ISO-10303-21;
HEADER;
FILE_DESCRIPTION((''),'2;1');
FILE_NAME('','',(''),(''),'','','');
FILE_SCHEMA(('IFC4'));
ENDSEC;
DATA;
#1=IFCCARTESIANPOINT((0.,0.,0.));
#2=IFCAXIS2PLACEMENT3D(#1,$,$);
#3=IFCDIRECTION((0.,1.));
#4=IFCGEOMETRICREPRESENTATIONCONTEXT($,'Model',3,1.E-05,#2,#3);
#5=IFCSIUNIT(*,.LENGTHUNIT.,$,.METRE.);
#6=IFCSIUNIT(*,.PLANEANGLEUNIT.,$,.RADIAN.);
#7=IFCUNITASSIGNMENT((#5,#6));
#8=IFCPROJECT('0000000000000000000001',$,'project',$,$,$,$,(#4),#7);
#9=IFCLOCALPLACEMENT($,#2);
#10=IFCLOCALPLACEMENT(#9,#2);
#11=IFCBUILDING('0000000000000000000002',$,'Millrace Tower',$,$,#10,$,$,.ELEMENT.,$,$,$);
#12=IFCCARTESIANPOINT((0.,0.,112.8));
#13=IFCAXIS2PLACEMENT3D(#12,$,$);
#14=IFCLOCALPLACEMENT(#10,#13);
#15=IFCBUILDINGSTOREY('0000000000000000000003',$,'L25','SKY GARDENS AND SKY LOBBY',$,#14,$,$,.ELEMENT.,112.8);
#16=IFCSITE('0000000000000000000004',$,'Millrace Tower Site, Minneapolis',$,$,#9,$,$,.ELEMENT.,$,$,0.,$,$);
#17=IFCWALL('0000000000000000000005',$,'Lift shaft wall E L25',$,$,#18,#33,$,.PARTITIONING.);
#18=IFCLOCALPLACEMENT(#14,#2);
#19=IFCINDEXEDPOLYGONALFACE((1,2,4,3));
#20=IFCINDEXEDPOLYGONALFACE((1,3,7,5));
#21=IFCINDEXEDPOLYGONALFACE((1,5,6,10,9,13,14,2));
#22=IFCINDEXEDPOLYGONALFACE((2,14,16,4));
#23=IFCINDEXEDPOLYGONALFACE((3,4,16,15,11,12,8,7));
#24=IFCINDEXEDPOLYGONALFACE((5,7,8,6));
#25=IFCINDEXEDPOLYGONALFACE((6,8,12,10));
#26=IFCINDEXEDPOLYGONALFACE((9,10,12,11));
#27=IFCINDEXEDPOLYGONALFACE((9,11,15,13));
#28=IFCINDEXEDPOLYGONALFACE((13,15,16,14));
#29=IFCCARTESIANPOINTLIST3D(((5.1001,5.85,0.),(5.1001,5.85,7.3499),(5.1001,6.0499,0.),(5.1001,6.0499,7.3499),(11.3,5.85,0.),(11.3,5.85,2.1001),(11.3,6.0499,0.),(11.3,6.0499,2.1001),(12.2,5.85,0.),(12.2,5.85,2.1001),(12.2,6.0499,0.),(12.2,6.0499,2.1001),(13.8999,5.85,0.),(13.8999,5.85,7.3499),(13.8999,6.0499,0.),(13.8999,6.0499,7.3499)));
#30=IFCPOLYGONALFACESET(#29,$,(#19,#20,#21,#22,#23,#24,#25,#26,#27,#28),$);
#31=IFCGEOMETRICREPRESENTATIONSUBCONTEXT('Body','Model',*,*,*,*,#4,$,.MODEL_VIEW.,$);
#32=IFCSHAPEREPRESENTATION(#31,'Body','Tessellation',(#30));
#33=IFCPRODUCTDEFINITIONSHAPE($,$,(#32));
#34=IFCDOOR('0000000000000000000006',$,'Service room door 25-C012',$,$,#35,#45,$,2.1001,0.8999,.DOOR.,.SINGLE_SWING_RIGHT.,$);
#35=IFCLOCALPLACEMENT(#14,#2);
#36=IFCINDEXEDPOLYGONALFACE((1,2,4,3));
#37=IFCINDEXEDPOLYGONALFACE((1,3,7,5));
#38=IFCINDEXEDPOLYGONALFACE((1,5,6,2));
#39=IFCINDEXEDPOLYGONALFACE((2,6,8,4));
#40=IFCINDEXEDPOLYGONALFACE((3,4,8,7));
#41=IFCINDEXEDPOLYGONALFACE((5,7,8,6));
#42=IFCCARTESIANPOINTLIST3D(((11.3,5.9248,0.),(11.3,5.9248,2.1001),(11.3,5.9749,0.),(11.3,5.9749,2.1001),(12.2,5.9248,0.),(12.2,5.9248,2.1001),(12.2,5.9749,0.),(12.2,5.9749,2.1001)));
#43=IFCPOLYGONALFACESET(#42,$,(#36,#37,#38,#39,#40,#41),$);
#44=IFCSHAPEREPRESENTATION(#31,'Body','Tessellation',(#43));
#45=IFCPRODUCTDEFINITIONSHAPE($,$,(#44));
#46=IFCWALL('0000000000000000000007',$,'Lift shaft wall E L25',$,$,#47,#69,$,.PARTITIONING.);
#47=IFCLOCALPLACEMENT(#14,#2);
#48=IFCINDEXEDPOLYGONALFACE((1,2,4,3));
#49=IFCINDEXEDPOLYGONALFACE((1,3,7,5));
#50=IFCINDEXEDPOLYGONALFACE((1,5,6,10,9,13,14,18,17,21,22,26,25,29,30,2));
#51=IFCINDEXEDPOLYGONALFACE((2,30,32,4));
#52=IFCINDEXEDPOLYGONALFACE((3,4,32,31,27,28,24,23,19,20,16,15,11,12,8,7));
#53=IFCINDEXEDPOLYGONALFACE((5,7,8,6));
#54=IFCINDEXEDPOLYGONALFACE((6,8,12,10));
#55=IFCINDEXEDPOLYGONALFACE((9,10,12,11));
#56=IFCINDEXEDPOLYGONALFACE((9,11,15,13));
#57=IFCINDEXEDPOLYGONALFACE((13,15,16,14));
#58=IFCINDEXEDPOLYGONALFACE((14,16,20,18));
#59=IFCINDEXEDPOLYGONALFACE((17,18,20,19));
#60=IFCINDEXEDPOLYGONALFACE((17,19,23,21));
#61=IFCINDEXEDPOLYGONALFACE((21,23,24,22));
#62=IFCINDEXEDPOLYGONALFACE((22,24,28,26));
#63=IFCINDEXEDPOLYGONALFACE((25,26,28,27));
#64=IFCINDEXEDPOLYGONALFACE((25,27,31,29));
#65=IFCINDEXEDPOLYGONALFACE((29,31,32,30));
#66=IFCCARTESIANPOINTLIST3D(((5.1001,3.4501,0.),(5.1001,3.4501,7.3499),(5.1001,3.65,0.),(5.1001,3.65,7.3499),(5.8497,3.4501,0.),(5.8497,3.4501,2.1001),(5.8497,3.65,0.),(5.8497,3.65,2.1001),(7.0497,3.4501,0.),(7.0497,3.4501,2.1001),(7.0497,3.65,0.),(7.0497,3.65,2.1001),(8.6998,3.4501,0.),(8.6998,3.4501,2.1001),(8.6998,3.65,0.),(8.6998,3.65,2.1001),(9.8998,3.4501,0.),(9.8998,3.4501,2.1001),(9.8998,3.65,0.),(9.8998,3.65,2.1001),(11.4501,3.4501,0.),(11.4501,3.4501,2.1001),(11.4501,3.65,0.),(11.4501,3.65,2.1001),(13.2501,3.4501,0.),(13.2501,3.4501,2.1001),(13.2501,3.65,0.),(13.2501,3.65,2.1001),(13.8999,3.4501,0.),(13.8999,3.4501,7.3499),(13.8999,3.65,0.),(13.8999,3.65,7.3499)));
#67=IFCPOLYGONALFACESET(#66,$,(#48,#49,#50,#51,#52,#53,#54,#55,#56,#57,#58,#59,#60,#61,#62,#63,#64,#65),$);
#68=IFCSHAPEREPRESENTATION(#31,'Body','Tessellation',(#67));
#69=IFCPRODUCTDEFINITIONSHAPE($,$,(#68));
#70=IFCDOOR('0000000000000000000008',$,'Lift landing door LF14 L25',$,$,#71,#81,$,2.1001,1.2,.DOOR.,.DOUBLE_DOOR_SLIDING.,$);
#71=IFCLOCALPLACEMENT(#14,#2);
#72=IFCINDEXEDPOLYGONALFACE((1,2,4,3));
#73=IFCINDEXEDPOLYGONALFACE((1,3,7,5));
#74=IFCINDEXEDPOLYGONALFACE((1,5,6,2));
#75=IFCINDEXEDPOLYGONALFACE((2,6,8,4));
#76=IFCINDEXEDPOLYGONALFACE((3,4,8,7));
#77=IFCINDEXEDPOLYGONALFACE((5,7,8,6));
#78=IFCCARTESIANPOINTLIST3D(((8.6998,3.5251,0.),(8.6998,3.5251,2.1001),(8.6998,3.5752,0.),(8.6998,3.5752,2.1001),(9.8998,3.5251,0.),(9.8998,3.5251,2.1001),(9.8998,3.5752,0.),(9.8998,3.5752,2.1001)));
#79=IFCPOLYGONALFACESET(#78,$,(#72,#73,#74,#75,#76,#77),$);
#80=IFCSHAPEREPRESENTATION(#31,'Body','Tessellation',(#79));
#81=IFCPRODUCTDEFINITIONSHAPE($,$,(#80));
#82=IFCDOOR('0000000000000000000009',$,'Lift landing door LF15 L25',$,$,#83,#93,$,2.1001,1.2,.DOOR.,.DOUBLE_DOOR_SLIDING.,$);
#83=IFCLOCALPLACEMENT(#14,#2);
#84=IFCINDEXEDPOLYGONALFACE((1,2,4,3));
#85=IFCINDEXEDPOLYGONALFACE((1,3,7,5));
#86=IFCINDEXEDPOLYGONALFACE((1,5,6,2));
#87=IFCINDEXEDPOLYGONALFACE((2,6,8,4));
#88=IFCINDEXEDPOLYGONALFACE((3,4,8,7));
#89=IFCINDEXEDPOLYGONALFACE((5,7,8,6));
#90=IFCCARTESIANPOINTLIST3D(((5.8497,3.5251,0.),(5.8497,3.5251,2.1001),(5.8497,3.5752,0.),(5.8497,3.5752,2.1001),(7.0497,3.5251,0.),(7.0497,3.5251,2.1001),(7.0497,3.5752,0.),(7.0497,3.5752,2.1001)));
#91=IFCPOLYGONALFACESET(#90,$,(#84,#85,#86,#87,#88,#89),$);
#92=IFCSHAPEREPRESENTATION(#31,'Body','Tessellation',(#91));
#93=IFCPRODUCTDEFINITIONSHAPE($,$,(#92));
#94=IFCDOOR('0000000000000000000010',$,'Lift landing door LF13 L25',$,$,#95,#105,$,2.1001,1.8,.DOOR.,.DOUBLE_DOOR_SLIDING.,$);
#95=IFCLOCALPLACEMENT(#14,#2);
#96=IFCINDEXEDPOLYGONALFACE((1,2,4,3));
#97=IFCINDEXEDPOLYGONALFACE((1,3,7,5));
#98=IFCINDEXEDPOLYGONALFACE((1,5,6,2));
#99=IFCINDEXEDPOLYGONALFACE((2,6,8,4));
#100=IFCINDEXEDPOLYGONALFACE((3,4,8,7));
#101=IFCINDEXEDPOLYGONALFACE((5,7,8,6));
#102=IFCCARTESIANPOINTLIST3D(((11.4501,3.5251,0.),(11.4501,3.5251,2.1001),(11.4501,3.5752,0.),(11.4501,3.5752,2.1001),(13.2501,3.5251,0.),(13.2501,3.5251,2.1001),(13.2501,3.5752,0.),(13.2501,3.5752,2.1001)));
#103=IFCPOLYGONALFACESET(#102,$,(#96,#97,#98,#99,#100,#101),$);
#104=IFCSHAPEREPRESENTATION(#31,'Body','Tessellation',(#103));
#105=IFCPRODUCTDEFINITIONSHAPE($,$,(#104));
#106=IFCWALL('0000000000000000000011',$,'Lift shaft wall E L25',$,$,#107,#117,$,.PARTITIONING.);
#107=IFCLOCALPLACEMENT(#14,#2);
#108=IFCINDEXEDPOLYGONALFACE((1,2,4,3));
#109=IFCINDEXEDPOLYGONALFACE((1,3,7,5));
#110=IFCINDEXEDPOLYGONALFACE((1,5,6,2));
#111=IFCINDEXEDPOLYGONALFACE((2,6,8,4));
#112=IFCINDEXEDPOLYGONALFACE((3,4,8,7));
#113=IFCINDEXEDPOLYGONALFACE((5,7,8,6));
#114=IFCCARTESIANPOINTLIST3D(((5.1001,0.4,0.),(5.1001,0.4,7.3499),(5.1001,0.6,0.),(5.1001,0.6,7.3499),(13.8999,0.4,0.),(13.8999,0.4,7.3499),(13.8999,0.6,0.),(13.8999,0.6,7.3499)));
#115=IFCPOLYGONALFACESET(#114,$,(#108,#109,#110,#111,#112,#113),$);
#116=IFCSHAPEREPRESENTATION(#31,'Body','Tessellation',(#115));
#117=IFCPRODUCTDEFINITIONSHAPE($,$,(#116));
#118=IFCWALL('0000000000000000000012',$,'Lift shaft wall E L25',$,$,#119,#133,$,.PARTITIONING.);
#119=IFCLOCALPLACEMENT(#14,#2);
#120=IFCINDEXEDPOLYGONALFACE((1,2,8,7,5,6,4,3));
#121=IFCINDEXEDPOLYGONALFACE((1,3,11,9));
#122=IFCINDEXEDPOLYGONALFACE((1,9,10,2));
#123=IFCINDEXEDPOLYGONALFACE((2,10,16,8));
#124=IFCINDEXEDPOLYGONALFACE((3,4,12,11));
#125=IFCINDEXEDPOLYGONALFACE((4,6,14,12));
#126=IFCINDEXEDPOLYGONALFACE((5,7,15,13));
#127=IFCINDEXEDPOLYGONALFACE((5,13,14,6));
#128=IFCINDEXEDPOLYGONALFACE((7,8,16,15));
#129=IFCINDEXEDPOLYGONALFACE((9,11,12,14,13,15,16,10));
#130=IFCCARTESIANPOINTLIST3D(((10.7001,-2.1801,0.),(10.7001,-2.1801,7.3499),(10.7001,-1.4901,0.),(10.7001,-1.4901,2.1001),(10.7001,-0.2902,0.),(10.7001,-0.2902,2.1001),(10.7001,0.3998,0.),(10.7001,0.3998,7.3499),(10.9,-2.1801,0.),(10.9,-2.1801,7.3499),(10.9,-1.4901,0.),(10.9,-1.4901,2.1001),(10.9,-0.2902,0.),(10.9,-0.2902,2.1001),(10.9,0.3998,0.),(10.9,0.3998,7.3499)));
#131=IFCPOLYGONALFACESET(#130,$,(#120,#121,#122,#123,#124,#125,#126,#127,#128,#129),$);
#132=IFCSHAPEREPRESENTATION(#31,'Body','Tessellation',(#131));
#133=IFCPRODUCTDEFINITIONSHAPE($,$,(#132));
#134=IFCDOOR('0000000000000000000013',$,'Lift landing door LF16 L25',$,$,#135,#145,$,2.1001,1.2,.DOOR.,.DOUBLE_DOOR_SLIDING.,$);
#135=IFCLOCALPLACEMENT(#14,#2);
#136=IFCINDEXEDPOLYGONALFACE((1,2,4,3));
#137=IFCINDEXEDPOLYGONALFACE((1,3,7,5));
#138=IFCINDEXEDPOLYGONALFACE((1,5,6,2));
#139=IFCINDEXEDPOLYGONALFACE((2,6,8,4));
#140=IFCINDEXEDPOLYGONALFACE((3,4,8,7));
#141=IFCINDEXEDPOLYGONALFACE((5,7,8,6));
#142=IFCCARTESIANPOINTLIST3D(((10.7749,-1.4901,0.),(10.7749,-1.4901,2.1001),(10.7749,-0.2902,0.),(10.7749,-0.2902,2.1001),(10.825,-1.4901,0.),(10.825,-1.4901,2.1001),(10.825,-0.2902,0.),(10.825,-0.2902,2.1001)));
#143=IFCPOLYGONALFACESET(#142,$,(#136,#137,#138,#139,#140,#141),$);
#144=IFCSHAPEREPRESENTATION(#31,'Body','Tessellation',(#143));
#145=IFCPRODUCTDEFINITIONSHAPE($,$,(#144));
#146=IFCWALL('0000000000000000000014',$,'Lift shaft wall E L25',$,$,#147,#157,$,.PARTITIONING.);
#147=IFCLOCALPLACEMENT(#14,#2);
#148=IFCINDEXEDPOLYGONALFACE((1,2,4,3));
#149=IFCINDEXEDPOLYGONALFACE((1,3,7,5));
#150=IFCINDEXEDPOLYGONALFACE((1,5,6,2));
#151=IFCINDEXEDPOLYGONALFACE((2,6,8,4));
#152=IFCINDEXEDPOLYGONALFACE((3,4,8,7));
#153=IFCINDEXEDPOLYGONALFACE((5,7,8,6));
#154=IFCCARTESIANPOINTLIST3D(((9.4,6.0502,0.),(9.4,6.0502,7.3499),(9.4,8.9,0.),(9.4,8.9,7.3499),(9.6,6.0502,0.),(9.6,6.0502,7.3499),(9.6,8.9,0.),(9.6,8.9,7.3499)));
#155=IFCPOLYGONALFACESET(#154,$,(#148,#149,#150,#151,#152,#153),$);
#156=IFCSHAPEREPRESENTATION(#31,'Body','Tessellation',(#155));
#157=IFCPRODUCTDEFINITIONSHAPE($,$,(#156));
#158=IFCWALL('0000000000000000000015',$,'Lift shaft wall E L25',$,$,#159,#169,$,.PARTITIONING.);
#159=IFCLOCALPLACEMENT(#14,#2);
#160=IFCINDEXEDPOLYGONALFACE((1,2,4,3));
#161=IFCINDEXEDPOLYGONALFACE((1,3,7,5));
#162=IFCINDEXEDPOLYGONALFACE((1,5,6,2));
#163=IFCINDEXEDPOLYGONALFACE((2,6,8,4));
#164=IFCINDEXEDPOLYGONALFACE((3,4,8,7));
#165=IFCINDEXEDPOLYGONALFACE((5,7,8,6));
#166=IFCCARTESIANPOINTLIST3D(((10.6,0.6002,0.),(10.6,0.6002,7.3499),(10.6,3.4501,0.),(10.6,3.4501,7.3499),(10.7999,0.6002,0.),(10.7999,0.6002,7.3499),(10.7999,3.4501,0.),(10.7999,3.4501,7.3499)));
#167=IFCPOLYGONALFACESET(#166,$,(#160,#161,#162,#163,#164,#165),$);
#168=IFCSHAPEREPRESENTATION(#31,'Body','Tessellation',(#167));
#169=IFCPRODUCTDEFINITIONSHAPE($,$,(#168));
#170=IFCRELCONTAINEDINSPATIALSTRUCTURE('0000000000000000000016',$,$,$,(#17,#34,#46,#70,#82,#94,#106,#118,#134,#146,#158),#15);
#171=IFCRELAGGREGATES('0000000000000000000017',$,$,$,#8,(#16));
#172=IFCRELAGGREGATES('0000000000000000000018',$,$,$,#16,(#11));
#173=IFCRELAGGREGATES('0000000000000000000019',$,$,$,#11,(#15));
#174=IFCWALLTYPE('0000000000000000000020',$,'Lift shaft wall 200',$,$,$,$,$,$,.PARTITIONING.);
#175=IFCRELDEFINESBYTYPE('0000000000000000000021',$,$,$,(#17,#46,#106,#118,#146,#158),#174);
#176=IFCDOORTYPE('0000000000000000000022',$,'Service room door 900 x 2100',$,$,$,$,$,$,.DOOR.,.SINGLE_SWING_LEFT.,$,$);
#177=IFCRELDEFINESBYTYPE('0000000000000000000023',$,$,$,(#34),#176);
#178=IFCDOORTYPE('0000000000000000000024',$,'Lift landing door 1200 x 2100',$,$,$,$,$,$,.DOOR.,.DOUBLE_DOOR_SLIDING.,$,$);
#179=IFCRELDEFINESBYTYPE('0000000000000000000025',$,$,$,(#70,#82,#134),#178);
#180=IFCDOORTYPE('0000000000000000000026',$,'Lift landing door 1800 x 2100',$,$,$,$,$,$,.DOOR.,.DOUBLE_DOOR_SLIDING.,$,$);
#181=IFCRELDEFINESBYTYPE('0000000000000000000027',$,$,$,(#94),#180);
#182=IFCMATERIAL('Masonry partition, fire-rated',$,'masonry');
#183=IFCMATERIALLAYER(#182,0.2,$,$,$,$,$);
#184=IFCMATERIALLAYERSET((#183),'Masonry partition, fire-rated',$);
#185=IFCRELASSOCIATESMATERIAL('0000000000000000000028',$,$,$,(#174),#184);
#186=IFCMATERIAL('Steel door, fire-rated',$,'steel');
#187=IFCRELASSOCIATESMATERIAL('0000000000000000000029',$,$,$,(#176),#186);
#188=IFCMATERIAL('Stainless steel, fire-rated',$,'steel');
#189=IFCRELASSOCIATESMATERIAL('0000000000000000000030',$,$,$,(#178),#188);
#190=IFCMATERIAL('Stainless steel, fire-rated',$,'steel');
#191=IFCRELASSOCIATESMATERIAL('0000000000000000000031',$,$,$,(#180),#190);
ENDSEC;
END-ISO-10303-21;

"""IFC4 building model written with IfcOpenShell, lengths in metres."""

from ifc_helpers import new_model, si_unit, direction, frame, frame_2d, origin, place, context, subcontext, project, spatial, rectangle, extrude, material, layer, layer_set, type_object, element, fill, save


model = new_model("IFC4")

# Units and contexts
model_context = context("Model", 3, precision=1e-05, world=origin(), true_north=direction((0.0, 1.0)))
body_context = subcontext(model_context, "Body", "Model", "MODEL_VIEW")
ifc_project = project(units=[si_unit("LENGTHUNIT", "METRE"), si_unit("PLANEANGLEUNIT", "RADIAN")], contexts=[model_context])

# Site, building, storey
site_placement = place(None, origin())
site = spatial("IfcSite", under=ifc_project, at=site_placement, Name="Millrace Tower Site, Minneapolis", CompositionType="ELEMENT", RefElevation=0.0)
building_placement = place(site_placement, origin())
building = spatial("IfcBuilding", under=site, at=building_placement, Name="Millrace Tower", CompositionType="ELEMENT")
storey_placement = place(building_placement, frame((0.0, 0.0, 112.8)))
storey = spatial("IfcBuildingStorey", under=building, at=storey_placement, Name="L25", Description="SKY GARDENS AND SKY LOBBY", CompositionType="ELEMENT", Elevation=112.8)

# Wall, opening, door
ifc_material_1 = material(Name="Masonry partition, fire-rated", Category="masonry")
ifc_layer_1 = layer(ifc_material_1, 0.2)
ifc_layer_set_1 = layer_set([ifc_layer_1], Name="Masonry partition, fire-rated")
wall_type_1 = type_object("IfcWallType", Name="Lift shaft wall 200", PredefinedType="PARTITIONING", material=ifc_layer_set_1)
wall_1_placement = place(storey_placement, frame((13.8999, 5.95, 0.0), z_axis=(0.0, 0.0, 1.0), x_axis=(-1.0, 0.0, 0.0)))
wall_1 = element("IfcWall", 1, at=wall_1_placement, inside=storey, type_object=wall_type_1, Name="Lift shaft wall E L25", PredefinedType="PARTITIONING", context=body_context, shape_type="SweptSolid", body=[
    extrude(rectangle(XDim=8.7998, YDim=0.2, at=frame_2d((4.3999, 0.0))), origin(), (0.0, 0.0, 1.0), 7.3499),
])
opening_1_placement = place(wall_1_placement, frame((1.7, 0.0, 0.0)))
opening_1 = element("IfcOpeningElement", 2, at=opening_1_placement, cuts=wall_1, PredefinedType="OPENING", context=body_context, shape_type="SweptSolid", body=[
    extrude(rectangle(XDim=0.8999, YDim=2.1001, at=frame_2d((0.45, 1.05))), frame((0.0, 0.1099, 0.0), z_axis=(0.0, -1.0, 0.0), x_axis=(1.0, 0.0, 0.0)), (0.0, 0.0, 1.0), 0.22),
])
ifc_material_2 = material(Name="Steel door, fire-rated", Category="steel")
door_type_1 = type_object("IfcDoorType", Name="Service room door 900 x 2100", OperationType="SINGLE_SWING_LEFT", PredefinedType="DOOR", material=ifc_material_2)
door_1_placement = place(opening_1_placement, frame((0.8999, 0.0, 0.0), z_axis=(0.0, 0.0, 1.0), x_axis=(-1.0, 0.0, 0.0)))
door_1 = element("IfcDoor", 3, at=door_1_placement, inside=storey, type_object=door_type_1, Name="Service room door 25-C012", OperationType="SINGLE_SWING_RIGHT", OverallHeight=2.1001, OverallWidth=0.8999, PredefinedType="DOOR", context=body_context, shape_type="SweptSolid", body=[
    extrude(rectangle(XDim=0.8999, YDim=2.1001, at=frame_2d((0.45, 1.05))), frame((0.0, 0.0249, 0.0), z_axis=(0.0, -1.0, 0.0), x_axis=(1.0, 0.0, 0.0)), (0.0, 0.0, 1.0), 0.05),
])
fill(opening_1, door_1)

# Wall, openings, doors
wall_2_placement = place(storey_placement, frame((13.8999, 3.55, 0.0), z_axis=(0.0, 0.0, 1.0), x_axis=(-1.0, 0.0, 0.0)))
wall_2 = element("IfcWall", 4, at=wall_2_placement, inside=storey, type_object=wall_type_1, Name="Lift shaft wall E L25", PredefinedType="PARTITIONING", context=body_context, shape_type="SweptSolid", body=[
    extrude(rectangle(XDim=8.7998, YDim=0.2, at=frame_2d((4.3999, 0.0))), origin(), (0.0, 0.0, 1.0), 7.3499),
])
opening_2_placement = place(wall_2_placement, frame((0.6499, 0.0, 0.0)))
opening_2 = element("IfcOpeningElement", 5, at=opening_2_placement, cuts=wall_2, PredefinedType="OPENING", context=body_context, shape_type="SweptSolid", body=[
    extrude(rectangle(XDim=1.8, YDim=2.1001, at=frame_2d((0.8999, 1.05))), frame((0.0, 0.1099, 0.0), z_axis=(0.0, -1.0, 0.0), x_axis=(1.0, 0.0, 0.0)), (0.0, 0.0, 1.0), 0.22),
])
opening_3_placement = place(wall_2_placement, frame((4.0, 0.0, 0.0)))
opening_3 = element("IfcOpeningElement", 6, at=opening_3_placement, cuts=wall_2, PredefinedType="OPENING", context=body_context, shape_type="SweptSolid", body=[
    extrude(rectangle(XDim=1.2, YDim=2.1001, at=frame_2d((0.6001, 1.05))), frame((0.0, 0.1099, 0.0), z_axis=(0.0, -1.0, 0.0), x_axis=(1.0, 0.0, 0.0)), (0.0, 0.0, 1.0), 0.22),
])
opening_4_placement = place(wall_2_placement, frame((6.8501, 0.0, 0.0)))
opening_4 = element("IfcOpeningElement", 7, at=opening_4_placement, cuts=wall_2, PredefinedType="OPENING", context=body_context, shape_type="SweptSolid", body=[
    extrude(rectangle(XDim=1.2, YDim=2.1001, at=frame_2d((0.6001, 1.05))), frame((0.0, 0.1099, 0.0), z_axis=(0.0, -1.0, 0.0), x_axis=(1.0, 0.0, 0.0)), (0.0, 0.0, 1.0), 0.22),
])
ifc_material_3 = material(Name="Stainless steel, fire-rated", Category="steel")
door_type_2 = type_object("IfcDoorType", Name="Lift landing door 1200 x 2100", OperationType="DOUBLE_DOOR_SLIDING", PredefinedType="DOOR", material=ifc_material_3)
door_2_placement = place(opening_3_placement, origin())
door_2 = element("IfcDoor", 8, at=door_2_placement, inside=storey, type_object=door_type_2, Name="Lift landing door LF14 L25", OperationType="DOUBLE_DOOR_SLIDING", OverallHeight=2.1001, OverallWidth=1.2, PredefinedType="DOOR", context=body_context, shape_type="SweptSolid", body=[
    extrude(rectangle(XDim=1.2, YDim=2.1001, at=frame_2d((0.6001, 1.05))), frame((0.0, 0.0249, 0.0), z_axis=(0.0, -1.0, 0.0), x_axis=(1.0, 0.0, 0.0)), (0.0, 0.0, 1.0), 0.05),
])
fill(opening_3, door_2)
door_3_placement = place(opening_4_placement, origin())
door_3 = element("IfcDoor", 9, at=door_3_placement, inside=storey, type_object=door_type_2, Name="Lift landing door LF15 L25", OperationType="DOUBLE_DOOR_SLIDING", OverallHeight=2.1001, OverallWidth=1.2, PredefinedType="DOOR", context=body_context, shape_type="SweptSolid", body=[
    extrude(rectangle(XDim=1.2, YDim=2.1001, at=frame_2d((0.6001, 1.05))), frame((0.0, 0.0249, 0.0), z_axis=(0.0, -1.0, 0.0), x_axis=(1.0, 0.0, 0.0)), (0.0, 0.0, 1.0), 0.05),
])
fill(opening_4, door_3)
ifc_material_4 = material(Name="Stainless steel, fire-rated", Category="steel")
door_type_3 = type_object("IfcDoorType", Name="Lift landing door 1800 x 2100", OperationType="DOUBLE_DOOR_SLIDING", PredefinedType="DOOR", material=ifc_material_4)
door_4_placement = place(opening_2_placement, origin())
door_4 = element("IfcDoor", 10, at=door_4_placement, inside=storey, type_object=door_type_3, Name="Lift landing door LF13 L25", OperationType="DOUBLE_DOOR_SLIDING", OverallHeight=2.1001, OverallWidth=1.8, PredefinedType="DOOR", context=body_context, shape_type="SweptSolid", body=[
    extrude(rectangle(XDim=1.8, YDim=2.1001, at=frame_2d((0.8999, 1.05))), frame((0.0, 0.0249, 0.0), z_axis=(0.0, -1.0, 0.0), x_axis=(1.0, 0.0, 0.0)), (0.0, 0.0, 1.0), 0.05),
])
fill(opening_2, door_4)

# Wall
wall_3_placement = place(storey_placement, frame((13.8999, 0.5, 0.0), z_axis=(0.0, 0.0, 1.0), x_axis=(-1.0, 0.0, 0.0)))
element("IfcWall", 11, at=wall_3_placement, inside=storey, type_object=wall_type_1, Name="Lift shaft wall E L25", PredefinedType="PARTITIONING", context=body_context, shape_type="SweptSolid", body=[
    extrude(rectangle(XDim=8.7998, YDim=0.2, at=frame_2d((4.3999, 0.0))), origin(), (0.0, 0.0, 1.0), 7.3499),
])

# Wall, opening, door
wall_4_placement = place(storey_placement, frame((10.8, 0.3999, 0.0), z_axis=(0.0, 0.0, 1.0), x_axis=(0.0, -1.0, 0.0)))
wall_4 = element("IfcWall", 12, at=wall_4_placement, inside=storey, type_object=wall_type_1, Name="Lift shaft wall E L25", PredefinedType="PARTITIONING", context=body_context, shape_type="SweptSolid", body=[
    extrude(rectangle(XDim=2.5798, YDim=0.2, at=frame_2d((1.29, 0.0))), origin(), (0.0, 0.0, 1.0), 7.3499),
])
opening_5_placement = place(wall_4_placement, frame((0.6899, 0.0, 0.0)))
opening_5 = element("IfcOpeningElement", 13, at=opening_5_placement, cuts=wall_4, PredefinedType="OPENING", context=body_context, shape_type="SweptSolid", body=[
    extrude(rectangle(XDim=1.2, YDim=2.1001, at=frame_2d((0.6001, 1.05))), frame((0.0, 0.1099, 0.0), z_axis=(0.0, -1.0, 0.0), x_axis=(1.0, 0.0, 0.0)), (0.0, 0.0, 1.0), 0.22),
])
door_5_placement = place(opening_5_placement, origin())
door_5 = element("IfcDoor", 14, at=door_5_placement, inside=storey, type_object=door_type_2, Name="Lift landing door LF16 L25", OperationType="DOUBLE_DOOR_SLIDING", OverallHeight=2.1001, OverallWidth=1.2, PredefinedType="DOOR", context=body_context, shape_type="SweptSolid", body=[
    extrude(rectangle(XDim=1.2, YDim=2.1001, at=frame_2d((0.6001, 1.05))), frame((0.0, 0.0249, 0.0), z_axis=(0.0, -1.0, 0.0), x_axis=(1.0, 0.0, 0.0)), (0.0, 0.0, 1.0), 0.05),
])
fill(opening_5, door_5)

# Walls
for number, where, z_axis, x_axis, name in (
    (15, (9.5, 8.8999, 0.0), (0.0, 0.0, 1.0), (0.0, -1.0, 0.0), "Lift shaft wall E L25"),
    (16, (10.7, 3.45, 0.0), (0.0, 0.0, 1.0), (0.0, -1.0, 0.0), "Lift shaft wall E L25"),
):
    element("IfcWall", number, at=place(storey_placement, frame(where, z_axis=z_axis, x_axis=x_axis)), inside=storey, type_object=wall_type_1, Name=name, PredefinedType="PARTITIONING", context=body_context, shape_type="SweptSolid", body=[
        extrude(rectangle(XDim=2.8499, YDim=0.2, at=frame_2d((1.4248, 0.0))), origin(), (0.0, 0.0, 1.0), 7.3499),
    ])

save(model, "model.ifc")
